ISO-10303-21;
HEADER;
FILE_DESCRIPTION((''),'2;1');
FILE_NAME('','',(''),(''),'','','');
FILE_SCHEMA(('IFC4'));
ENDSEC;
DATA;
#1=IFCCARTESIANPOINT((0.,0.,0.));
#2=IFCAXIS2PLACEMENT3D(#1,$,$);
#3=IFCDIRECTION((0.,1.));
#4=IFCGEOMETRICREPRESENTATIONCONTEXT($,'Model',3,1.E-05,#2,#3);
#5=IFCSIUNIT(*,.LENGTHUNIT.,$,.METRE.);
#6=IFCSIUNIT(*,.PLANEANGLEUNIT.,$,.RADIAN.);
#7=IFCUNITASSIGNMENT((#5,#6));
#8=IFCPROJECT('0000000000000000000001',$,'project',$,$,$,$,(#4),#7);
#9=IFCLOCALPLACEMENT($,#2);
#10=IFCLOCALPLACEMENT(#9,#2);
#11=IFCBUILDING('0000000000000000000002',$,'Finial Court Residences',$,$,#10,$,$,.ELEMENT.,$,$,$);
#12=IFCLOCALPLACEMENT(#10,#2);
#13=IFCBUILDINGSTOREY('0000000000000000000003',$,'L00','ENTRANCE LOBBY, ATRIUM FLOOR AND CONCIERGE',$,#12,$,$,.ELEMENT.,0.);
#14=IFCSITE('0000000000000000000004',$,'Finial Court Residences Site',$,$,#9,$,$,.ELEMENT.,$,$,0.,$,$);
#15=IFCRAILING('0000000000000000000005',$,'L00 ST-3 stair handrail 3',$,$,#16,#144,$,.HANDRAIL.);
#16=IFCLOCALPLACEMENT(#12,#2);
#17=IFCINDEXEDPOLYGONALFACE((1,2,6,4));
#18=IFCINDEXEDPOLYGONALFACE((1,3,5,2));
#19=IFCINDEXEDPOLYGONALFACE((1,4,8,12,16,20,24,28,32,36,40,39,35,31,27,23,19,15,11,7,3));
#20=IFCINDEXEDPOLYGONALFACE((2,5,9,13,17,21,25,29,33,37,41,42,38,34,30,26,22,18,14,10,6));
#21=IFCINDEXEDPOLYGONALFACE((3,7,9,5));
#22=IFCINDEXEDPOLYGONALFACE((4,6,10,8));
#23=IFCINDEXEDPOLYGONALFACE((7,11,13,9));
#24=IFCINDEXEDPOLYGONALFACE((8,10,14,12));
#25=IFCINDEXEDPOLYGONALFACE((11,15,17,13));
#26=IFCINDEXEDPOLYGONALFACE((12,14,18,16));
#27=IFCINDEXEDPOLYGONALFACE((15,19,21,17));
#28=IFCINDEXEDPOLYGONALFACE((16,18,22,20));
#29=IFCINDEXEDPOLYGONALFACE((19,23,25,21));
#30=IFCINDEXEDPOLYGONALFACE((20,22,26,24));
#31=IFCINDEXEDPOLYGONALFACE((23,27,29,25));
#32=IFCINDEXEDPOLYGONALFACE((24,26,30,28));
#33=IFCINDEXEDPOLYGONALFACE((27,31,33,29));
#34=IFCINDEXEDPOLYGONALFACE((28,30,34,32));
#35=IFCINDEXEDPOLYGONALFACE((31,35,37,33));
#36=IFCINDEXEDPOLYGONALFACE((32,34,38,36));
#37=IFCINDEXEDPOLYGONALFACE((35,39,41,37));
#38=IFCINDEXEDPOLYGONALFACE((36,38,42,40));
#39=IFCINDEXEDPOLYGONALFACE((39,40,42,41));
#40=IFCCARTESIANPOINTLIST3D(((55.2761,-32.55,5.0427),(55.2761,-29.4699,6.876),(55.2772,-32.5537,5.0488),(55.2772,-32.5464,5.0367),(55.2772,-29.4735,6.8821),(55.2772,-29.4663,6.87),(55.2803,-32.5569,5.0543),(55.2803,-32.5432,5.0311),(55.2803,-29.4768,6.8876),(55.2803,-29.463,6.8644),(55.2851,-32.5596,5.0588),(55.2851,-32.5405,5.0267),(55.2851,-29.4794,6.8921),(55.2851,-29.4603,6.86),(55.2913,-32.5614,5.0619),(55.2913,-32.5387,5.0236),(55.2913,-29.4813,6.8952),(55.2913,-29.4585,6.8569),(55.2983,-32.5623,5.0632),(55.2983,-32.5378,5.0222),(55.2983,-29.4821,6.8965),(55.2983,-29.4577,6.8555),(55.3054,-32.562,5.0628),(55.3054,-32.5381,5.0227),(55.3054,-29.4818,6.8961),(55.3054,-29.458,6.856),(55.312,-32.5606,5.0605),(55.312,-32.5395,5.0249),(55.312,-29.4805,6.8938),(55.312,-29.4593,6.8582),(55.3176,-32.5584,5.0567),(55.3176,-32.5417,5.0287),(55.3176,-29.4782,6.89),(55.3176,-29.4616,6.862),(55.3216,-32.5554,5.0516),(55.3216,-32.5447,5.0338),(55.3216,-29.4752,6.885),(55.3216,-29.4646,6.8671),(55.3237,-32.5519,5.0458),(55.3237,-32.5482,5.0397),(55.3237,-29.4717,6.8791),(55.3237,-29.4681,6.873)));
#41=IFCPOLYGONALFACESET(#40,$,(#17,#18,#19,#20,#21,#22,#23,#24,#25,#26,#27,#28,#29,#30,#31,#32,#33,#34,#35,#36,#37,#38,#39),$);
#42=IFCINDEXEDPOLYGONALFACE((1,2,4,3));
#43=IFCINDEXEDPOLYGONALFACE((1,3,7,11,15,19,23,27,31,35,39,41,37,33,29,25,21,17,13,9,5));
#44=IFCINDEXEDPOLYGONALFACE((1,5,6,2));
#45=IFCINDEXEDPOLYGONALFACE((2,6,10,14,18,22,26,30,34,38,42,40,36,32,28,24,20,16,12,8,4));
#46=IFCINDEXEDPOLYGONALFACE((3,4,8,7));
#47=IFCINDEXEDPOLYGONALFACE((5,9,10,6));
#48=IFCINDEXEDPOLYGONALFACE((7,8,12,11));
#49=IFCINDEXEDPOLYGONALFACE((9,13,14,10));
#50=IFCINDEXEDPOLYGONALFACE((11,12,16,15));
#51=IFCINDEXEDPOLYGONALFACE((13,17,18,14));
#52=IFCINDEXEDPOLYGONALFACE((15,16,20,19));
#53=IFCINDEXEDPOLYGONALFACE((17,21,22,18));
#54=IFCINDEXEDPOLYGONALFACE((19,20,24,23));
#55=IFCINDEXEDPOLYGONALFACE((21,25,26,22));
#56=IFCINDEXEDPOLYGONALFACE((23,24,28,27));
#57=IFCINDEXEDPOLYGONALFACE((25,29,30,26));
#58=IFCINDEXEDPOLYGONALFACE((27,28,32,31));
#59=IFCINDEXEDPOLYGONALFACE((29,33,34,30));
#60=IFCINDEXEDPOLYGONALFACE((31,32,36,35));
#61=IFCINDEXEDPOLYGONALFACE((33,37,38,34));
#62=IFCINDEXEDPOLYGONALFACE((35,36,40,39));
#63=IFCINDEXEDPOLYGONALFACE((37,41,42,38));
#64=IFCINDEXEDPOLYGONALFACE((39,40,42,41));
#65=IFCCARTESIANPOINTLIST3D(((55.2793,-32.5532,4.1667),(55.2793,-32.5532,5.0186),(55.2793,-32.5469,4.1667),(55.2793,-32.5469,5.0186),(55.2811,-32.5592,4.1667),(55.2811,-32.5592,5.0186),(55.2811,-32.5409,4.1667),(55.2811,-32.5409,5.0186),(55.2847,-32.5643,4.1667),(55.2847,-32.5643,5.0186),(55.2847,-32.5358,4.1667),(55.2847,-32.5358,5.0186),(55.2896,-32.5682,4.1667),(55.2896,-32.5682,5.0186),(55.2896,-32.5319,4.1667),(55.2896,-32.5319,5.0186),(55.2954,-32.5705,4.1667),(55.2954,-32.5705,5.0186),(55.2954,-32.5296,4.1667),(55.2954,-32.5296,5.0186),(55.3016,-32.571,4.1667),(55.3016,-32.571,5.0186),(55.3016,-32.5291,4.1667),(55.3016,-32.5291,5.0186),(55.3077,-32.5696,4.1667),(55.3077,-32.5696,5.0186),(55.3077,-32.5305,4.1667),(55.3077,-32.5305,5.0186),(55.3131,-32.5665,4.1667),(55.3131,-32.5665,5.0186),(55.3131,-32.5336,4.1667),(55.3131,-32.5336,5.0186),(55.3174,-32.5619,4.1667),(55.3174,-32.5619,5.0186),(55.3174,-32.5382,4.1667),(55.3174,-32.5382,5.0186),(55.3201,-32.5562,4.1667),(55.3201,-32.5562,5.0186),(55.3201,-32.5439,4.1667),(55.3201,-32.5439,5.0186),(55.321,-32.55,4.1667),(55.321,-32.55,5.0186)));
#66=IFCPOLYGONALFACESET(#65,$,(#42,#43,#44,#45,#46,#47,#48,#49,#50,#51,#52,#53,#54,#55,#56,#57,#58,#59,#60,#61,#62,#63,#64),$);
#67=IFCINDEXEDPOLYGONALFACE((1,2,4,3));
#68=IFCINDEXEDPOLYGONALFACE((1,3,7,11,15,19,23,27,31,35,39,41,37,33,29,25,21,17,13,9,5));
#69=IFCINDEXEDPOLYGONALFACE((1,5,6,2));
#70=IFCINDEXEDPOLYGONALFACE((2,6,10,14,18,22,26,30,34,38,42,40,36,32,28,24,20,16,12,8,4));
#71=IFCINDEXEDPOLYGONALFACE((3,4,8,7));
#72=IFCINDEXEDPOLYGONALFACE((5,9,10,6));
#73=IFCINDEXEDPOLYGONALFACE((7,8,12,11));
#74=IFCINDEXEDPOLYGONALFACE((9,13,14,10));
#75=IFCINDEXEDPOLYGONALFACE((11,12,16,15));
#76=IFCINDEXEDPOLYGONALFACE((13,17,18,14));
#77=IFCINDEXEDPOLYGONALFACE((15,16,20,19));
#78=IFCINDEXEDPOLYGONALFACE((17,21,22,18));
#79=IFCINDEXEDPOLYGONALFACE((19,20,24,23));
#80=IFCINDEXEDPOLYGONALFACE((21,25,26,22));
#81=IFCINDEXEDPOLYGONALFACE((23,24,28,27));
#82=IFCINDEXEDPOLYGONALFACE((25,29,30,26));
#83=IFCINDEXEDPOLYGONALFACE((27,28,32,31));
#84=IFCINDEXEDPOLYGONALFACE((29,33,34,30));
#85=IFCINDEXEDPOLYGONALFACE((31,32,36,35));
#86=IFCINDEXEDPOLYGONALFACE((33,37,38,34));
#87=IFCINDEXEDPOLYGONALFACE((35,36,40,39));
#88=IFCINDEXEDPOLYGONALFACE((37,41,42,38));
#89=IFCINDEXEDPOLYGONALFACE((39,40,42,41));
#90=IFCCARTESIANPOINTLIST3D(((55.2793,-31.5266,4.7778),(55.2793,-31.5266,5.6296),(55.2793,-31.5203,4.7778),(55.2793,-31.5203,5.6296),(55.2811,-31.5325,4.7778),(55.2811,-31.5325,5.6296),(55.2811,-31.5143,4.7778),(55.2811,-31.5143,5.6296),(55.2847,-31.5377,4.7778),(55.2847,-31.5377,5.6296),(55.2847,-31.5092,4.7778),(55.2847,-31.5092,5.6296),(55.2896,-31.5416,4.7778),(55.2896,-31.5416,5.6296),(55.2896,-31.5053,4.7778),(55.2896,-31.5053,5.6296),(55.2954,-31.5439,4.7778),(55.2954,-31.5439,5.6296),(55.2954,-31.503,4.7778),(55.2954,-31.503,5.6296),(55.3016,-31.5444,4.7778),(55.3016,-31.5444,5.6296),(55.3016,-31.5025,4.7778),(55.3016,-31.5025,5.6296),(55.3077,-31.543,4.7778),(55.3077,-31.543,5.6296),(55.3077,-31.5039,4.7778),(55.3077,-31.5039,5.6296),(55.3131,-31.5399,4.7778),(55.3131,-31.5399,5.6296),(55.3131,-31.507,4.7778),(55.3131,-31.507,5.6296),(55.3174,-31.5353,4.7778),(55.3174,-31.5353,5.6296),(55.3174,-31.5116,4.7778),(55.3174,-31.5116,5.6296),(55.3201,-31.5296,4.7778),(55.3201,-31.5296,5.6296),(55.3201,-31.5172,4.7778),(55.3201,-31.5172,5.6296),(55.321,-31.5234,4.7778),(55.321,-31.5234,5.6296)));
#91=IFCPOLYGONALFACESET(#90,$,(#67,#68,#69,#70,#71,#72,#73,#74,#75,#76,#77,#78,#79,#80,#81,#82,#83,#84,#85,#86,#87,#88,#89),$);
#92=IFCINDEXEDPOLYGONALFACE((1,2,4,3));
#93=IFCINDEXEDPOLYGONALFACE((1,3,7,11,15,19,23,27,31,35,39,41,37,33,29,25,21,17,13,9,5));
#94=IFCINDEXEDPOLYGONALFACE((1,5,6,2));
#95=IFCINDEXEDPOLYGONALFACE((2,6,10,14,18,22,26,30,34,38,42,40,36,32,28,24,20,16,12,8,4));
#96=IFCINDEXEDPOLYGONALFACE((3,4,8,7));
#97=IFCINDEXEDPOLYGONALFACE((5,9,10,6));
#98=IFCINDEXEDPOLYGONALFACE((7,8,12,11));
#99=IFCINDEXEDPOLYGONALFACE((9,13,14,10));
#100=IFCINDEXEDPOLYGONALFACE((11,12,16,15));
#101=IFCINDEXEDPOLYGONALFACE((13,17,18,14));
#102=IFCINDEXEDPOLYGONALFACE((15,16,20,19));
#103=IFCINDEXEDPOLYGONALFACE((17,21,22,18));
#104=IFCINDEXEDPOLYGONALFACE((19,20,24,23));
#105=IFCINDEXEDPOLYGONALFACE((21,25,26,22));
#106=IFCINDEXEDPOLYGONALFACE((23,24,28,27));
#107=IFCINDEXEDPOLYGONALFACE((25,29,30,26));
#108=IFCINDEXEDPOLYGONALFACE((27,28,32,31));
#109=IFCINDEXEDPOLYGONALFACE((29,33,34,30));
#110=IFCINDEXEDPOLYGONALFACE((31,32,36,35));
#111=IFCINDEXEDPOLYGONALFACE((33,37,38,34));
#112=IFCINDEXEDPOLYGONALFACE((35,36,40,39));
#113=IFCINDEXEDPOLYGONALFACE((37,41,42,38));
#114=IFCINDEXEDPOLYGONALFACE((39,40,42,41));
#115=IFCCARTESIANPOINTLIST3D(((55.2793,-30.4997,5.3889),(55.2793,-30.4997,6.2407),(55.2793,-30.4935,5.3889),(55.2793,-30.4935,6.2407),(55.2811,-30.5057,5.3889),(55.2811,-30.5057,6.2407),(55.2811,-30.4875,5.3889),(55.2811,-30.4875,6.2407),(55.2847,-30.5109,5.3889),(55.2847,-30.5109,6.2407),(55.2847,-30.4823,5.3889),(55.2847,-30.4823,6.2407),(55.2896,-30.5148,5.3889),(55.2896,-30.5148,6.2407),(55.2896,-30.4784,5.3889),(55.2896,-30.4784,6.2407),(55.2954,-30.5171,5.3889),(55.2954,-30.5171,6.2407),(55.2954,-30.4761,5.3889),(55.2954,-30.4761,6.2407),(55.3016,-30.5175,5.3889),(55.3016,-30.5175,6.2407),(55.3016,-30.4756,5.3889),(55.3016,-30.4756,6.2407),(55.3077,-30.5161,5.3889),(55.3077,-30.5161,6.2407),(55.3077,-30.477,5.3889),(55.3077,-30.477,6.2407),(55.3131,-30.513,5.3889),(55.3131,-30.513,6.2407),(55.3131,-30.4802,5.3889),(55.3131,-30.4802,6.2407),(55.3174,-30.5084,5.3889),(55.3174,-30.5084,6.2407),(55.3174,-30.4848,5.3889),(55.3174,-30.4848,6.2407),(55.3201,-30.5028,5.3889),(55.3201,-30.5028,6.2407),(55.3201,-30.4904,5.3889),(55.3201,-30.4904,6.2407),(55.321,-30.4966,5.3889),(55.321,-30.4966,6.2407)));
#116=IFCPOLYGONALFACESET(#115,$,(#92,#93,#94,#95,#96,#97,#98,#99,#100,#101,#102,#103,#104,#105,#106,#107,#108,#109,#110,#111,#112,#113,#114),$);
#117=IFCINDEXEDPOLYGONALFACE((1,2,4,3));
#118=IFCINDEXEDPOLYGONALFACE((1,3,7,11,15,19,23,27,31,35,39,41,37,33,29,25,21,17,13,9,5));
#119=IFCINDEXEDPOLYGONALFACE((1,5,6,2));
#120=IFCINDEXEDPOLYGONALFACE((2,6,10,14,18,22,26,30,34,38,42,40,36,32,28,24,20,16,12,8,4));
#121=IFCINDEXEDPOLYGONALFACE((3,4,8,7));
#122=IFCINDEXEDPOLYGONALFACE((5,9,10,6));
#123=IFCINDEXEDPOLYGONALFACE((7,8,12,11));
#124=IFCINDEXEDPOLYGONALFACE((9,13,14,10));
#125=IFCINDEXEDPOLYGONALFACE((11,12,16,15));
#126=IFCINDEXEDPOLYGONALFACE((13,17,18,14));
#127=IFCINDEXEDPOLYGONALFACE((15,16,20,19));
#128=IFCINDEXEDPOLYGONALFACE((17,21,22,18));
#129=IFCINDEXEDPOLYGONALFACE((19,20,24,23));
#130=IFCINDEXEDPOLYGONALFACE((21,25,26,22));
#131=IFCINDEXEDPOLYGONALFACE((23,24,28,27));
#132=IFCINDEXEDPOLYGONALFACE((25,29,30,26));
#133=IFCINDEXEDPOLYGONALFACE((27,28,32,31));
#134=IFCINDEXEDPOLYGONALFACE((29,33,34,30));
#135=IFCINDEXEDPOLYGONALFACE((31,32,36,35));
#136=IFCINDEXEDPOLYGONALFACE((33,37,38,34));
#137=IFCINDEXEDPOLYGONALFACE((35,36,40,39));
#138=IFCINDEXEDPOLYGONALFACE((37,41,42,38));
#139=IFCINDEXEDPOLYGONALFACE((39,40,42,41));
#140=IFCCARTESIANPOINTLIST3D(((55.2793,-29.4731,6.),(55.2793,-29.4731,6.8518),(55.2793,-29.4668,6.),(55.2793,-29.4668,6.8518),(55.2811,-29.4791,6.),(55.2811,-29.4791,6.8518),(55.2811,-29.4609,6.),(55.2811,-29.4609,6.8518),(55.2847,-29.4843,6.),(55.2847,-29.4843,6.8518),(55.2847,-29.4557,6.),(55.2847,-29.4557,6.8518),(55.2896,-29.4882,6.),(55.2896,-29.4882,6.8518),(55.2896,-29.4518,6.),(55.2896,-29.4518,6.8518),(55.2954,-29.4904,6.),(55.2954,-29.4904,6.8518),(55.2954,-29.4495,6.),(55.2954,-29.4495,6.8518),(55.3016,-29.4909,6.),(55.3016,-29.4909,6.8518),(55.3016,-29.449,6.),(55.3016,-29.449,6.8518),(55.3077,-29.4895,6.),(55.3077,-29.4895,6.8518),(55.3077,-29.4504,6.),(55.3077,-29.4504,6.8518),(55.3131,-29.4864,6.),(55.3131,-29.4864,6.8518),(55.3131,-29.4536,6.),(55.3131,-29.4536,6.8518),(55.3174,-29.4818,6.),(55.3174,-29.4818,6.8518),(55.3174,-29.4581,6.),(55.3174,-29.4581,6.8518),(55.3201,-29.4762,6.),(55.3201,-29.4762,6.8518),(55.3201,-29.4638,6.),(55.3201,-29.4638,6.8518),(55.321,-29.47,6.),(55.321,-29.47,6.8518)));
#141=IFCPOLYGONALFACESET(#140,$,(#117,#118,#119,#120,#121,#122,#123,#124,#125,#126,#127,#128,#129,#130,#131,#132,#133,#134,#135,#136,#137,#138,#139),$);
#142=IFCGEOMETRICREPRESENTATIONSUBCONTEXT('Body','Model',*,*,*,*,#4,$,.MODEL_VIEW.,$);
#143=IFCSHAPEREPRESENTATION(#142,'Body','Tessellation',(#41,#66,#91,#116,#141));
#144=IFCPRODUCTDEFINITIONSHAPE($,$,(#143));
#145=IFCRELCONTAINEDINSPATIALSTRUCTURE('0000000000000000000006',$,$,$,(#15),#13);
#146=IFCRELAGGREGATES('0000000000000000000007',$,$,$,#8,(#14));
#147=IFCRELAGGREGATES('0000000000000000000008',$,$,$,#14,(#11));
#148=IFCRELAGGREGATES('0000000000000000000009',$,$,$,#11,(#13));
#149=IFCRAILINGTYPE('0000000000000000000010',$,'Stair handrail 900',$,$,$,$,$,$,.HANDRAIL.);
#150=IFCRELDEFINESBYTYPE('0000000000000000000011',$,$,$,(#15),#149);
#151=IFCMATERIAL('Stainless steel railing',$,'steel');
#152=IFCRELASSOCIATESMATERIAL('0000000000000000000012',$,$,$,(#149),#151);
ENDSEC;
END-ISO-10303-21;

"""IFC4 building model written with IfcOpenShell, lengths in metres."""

from ifc_helpers import new_model, si_unit, direction, frame, origin, origin_2d, place, context, subcontext, project, spatial, circle, extrude, material, type_object, element, save


model = new_model("IFC4")

# Units and contexts
model_context = context("Model", 3, precision=1e-05, world=origin(), true_north=direction((0.0, 1.0)))
body_context = subcontext(model_context, "Body", "Model", "MODEL_VIEW")
ifc_project = project(units=[si_unit("LENGTHUNIT", "METRE"), si_unit("PLANEANGLEUNIT", "RADIAN")], contexts=[model_context])

# Site, building, storey
site_placement = place(None, origin())
site = spatial("IfcSite", under=ifc_project, at=site_placement, Name="Finial Court Residences Site", CompositionType="ELEMENT", RefElevation=0.0)
building_placement = place(site_placement, origin())
building = spatial("IfcBuilding", under=site, at=building_placement, Name="Finial Court Residences", CompositionType="ELEMENT")
storey_placement = place(building_placement, origin())
storey = spatial("IfcBuildingStorey", under=building, at=storey_placement, Name="L00", Description="ENTRANCE LOBBY, ATRIUM FLOOR AND CONCIERGE", CompositionType="ELEMENT", Elevation=0.0)

# Railing
ifc_material_1 = material(Name="Stainless steel railing", Category="steel")
railing_type_1 = type_object("IfcRailingType", Name="Stair handrail 900", PredefinedType="HANDRAIL", material=ifc_material_1)
railing_1_placement = place(storey_placement, frame((55.3, -32.55, 4.1667)))
element("IfcRailing", 1, at=railing_1_placement, inside=storey, type_object=railing_type_1, Name="L00 ST-3 stair handrail 3", PredefinedType="HANDRAIL", context=body_context, shape_type="SweptSolid", body=[
    extrude(circle(Radius=0.0239, at=origin_2d()), frame((0.0, 0.0, 0.876), z_axis=(0.0, 0.859309, 0.511458), x_axis=(-1.0, 0.0, 0.0)), (0.0, 0.0, 1.0), 3.5845),
    extrude(circle(Radius=0.021, at=origin_2d()), origin(), (0.0, 0.0, 1.0), 0.8518),
    extrude(circle(Radius=0.021, at=origin_2d()), frame((0.0, 1.0266, 0.6111)), (0.0, 0.0, 1.0), 0.8518),
    extrude(circle(Radius=0.021, at=origin_2d()), frame((0.0, 2.0535, 1.2222)), (0.0, 0.0, 1.0), 0.8518),
    extrude(circle(Radius=0.021, at=origin_2d()), frame((0.0, 3.0801, 1.8333)), (0.0, 0.0, 1.0), 0.8518),
])

save(model, "model.ifc")
